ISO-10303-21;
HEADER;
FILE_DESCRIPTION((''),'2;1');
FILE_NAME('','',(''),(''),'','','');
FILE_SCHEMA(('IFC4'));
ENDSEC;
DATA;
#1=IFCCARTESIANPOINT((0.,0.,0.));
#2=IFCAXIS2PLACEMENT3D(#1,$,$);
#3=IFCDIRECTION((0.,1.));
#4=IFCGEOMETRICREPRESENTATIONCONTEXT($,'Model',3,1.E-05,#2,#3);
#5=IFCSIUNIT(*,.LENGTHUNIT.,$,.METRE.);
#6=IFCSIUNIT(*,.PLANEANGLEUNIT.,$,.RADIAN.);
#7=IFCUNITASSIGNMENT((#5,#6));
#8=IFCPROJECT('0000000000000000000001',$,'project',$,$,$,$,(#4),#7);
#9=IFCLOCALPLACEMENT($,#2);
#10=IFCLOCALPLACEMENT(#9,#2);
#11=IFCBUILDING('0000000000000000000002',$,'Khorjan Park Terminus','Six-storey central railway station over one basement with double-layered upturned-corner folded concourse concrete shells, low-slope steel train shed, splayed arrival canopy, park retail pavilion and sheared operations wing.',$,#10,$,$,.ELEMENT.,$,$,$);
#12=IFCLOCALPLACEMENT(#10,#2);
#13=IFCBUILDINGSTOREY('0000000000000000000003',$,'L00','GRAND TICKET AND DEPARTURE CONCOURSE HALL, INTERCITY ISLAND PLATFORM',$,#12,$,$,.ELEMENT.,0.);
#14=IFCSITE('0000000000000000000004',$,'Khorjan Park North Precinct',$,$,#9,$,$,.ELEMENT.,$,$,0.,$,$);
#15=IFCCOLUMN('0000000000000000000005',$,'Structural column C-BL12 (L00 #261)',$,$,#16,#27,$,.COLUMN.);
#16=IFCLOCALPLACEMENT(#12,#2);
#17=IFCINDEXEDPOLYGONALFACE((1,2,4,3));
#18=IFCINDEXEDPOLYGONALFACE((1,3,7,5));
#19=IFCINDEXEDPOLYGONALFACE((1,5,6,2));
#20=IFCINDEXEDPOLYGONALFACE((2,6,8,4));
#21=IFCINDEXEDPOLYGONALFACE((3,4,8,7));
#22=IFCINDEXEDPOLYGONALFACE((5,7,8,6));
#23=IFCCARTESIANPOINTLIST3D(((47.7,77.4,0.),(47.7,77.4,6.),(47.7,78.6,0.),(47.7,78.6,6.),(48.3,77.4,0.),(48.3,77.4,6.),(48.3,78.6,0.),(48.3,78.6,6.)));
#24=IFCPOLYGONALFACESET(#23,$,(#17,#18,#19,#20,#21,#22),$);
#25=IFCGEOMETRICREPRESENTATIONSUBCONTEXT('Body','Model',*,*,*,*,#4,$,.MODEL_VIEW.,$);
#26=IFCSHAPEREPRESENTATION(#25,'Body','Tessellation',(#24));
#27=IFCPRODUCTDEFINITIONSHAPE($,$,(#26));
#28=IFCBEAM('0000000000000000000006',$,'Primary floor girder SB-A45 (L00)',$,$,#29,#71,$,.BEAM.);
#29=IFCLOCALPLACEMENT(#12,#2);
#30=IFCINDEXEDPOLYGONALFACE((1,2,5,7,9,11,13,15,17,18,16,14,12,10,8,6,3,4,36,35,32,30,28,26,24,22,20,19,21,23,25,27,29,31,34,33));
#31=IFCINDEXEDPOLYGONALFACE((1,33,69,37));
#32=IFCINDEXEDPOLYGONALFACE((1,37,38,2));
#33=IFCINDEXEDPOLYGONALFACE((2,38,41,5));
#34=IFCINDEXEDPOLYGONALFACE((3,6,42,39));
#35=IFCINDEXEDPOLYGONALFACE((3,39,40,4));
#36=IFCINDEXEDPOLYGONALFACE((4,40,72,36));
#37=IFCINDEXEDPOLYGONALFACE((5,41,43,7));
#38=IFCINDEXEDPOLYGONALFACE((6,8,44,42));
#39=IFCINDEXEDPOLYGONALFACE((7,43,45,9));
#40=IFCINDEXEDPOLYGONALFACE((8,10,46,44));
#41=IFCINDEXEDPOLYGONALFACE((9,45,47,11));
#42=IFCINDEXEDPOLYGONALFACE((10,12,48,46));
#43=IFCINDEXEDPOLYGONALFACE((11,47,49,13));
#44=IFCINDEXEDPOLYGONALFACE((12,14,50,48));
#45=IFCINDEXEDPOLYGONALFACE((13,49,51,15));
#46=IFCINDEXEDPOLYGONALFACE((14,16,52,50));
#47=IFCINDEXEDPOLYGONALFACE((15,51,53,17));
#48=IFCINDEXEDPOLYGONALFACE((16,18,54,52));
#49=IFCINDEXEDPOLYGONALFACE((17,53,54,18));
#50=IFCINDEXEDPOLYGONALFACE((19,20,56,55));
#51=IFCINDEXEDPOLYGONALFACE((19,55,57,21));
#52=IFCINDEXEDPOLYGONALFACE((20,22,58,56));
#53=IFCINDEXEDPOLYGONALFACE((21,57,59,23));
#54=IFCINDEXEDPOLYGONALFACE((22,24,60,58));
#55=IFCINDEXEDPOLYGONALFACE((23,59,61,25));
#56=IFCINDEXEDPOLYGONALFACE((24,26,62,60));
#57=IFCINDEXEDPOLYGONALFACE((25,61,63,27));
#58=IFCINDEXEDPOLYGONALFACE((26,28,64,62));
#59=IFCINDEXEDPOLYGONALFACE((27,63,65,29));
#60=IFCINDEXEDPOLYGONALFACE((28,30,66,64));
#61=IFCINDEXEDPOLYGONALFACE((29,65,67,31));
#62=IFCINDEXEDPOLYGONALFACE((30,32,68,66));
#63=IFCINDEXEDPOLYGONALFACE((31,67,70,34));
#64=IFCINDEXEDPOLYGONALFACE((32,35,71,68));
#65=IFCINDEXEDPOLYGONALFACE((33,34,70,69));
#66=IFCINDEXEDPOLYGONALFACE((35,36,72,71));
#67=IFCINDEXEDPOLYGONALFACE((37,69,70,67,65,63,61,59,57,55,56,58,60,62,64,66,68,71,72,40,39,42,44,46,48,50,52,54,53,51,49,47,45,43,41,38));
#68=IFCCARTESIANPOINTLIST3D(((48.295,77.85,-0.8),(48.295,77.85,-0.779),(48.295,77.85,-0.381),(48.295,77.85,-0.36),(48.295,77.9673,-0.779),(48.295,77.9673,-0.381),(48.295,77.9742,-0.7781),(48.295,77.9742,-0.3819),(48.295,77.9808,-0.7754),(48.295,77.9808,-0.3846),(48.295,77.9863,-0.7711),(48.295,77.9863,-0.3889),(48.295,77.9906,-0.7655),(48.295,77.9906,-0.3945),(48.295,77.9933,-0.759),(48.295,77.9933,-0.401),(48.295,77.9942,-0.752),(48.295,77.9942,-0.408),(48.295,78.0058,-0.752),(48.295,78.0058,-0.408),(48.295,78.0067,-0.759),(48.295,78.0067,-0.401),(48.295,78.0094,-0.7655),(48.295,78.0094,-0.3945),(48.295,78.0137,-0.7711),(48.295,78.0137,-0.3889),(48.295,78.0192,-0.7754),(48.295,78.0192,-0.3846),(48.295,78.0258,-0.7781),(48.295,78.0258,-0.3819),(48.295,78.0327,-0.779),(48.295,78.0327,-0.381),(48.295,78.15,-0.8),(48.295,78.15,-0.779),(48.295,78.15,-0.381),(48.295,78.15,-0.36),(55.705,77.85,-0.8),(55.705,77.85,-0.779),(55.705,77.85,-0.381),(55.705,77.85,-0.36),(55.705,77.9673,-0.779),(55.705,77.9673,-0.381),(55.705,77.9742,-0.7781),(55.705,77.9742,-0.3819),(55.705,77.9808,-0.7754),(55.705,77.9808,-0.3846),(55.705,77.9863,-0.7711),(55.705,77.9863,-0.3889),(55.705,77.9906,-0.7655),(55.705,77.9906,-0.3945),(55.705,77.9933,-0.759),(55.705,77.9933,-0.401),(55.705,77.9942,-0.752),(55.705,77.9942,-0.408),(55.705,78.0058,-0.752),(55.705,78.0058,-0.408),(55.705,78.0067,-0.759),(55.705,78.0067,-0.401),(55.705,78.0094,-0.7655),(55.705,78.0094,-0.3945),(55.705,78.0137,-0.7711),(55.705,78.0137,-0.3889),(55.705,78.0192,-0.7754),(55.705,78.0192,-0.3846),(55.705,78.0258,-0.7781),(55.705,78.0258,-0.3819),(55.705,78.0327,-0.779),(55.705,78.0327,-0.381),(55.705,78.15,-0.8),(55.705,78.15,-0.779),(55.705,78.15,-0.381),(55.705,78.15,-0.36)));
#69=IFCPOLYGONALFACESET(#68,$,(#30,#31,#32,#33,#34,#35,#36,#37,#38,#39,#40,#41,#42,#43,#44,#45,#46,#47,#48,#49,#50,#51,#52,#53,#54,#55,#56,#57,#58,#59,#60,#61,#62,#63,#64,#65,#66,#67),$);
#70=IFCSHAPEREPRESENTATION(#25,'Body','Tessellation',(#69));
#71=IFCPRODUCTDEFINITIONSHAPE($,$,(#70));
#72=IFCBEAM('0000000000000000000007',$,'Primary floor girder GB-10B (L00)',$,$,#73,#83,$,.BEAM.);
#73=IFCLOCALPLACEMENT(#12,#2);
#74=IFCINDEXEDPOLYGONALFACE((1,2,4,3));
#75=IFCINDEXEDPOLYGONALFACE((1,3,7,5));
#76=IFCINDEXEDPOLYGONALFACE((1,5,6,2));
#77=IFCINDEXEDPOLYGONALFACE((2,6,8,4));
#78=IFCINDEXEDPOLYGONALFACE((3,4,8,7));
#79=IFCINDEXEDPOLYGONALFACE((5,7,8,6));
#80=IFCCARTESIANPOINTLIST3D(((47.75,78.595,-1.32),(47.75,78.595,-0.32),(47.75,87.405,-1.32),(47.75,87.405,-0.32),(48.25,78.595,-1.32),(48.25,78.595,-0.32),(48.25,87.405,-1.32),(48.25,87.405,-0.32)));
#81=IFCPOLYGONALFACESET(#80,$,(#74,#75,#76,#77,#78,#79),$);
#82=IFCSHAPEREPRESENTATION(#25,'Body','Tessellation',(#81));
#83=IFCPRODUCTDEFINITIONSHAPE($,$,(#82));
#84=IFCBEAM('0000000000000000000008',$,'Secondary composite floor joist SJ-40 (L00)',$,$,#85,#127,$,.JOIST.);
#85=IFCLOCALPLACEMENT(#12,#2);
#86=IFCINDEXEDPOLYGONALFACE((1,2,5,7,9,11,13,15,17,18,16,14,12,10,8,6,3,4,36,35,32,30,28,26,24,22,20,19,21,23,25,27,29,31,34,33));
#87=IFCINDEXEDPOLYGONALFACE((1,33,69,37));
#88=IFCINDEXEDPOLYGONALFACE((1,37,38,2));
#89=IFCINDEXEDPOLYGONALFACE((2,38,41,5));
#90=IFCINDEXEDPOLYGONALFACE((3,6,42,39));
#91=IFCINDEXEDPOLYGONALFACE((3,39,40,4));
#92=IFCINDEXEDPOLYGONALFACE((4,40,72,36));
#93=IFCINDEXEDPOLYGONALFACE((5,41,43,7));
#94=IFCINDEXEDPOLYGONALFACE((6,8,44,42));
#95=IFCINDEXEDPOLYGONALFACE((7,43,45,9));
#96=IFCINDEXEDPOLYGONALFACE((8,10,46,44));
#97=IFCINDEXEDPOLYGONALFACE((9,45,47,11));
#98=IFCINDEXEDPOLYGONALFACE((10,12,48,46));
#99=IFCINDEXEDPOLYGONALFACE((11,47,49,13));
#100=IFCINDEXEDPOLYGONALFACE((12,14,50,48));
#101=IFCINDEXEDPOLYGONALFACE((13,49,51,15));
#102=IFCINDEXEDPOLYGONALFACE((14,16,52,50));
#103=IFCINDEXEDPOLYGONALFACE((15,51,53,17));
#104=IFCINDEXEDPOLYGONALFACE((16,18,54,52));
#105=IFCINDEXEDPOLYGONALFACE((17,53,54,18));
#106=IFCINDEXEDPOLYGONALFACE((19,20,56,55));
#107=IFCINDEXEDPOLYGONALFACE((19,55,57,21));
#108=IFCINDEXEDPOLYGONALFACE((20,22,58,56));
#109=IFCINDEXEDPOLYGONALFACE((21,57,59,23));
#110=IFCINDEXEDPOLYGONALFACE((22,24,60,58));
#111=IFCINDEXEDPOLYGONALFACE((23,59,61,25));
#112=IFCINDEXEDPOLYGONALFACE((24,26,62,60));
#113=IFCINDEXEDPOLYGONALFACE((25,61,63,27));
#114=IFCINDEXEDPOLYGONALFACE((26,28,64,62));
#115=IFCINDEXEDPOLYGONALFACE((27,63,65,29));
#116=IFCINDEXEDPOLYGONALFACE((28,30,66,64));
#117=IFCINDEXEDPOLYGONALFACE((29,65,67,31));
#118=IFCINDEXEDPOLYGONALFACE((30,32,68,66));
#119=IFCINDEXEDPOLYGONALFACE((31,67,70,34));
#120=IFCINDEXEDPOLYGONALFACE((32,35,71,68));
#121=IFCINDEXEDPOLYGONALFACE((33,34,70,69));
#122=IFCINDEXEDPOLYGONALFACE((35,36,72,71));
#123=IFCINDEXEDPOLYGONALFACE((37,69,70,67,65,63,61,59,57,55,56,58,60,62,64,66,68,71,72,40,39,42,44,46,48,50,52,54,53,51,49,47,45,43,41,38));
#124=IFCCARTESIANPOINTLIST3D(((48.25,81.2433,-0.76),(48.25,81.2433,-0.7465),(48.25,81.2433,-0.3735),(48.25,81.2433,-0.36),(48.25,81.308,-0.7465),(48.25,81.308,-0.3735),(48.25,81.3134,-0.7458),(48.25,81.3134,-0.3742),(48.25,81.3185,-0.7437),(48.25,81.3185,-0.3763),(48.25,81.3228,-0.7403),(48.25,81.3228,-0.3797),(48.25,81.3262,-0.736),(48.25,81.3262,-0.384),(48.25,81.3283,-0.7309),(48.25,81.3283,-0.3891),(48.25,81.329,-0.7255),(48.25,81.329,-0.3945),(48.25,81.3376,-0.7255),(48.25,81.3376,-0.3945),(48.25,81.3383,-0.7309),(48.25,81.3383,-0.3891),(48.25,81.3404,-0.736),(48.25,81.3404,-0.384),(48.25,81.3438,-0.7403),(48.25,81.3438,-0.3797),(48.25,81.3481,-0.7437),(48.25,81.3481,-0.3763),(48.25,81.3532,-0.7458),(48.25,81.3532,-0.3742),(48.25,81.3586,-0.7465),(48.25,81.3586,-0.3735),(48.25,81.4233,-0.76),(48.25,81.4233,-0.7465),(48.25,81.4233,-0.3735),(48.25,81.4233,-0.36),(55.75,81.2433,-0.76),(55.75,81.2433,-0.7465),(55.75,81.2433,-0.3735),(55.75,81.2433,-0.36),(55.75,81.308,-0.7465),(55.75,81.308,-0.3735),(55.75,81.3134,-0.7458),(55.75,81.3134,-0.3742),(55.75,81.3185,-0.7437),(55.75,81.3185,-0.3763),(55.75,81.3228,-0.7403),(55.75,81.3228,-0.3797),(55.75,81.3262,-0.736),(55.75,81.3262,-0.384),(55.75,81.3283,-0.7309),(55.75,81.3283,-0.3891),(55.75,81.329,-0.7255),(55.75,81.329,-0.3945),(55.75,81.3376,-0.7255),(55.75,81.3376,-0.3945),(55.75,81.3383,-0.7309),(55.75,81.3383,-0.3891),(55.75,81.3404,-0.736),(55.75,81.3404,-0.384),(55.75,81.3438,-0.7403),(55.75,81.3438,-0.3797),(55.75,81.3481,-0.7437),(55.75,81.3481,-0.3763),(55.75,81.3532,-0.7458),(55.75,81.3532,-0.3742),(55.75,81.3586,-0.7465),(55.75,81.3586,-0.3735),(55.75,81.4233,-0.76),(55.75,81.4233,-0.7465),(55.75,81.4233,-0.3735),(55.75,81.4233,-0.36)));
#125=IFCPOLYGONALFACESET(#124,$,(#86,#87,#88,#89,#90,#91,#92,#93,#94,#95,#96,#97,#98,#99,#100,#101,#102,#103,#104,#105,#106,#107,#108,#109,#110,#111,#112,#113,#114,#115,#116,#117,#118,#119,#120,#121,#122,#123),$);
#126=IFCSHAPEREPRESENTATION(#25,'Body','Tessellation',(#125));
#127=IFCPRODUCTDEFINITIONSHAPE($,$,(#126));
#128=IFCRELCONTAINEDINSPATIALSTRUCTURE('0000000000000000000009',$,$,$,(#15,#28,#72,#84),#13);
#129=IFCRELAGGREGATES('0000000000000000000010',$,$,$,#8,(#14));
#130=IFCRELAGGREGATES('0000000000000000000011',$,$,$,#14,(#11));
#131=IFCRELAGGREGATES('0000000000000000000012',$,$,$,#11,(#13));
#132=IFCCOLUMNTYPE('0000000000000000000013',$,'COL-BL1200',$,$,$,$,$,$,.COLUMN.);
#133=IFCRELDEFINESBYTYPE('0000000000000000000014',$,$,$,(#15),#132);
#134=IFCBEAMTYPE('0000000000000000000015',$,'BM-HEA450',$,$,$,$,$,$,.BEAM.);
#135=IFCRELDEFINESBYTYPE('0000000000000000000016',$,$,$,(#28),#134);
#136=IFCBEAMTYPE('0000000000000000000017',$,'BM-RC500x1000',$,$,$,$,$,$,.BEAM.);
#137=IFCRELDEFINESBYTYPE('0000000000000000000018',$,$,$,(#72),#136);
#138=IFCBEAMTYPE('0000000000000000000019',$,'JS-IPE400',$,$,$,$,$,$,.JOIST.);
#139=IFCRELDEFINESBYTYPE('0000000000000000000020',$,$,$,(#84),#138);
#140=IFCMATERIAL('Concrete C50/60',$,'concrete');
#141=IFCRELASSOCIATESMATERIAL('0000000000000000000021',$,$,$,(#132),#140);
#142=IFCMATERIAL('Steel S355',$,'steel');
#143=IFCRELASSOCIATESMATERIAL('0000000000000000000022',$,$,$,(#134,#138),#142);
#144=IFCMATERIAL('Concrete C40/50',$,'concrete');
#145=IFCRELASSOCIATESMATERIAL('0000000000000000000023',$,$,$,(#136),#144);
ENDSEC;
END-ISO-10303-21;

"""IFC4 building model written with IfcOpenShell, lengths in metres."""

from ifc_helpers import new_model, si_unit, direction, frame, origin, origin_2d, place, context, subcontext, project, spatial, rectangle, i_section, extrude, material, material_profile, profile_set, type_object, element, save


model = new_model("IFC4")

# Units and contexts
model_context = context("Model", 3, precision=1e-05, world=origin(), true_north=direction((0.0, 1.0)))
body_context = subcontext(model_context, "Body", "Model", "MODEL_VIEW")
ifc_project = project(units=[si_unit("LENGTHUNIT", "METRE"), si_unit("PLANEANGLEUNIT", "RADIAN")], contexts=[model_context])

# Site, building, storey
site_placement = place(None, origin())
site = spatial("IfcSite", under=ifc_project, at=site_placement, Name="Khorjan Park North Precinct", CompositionType="ELEMENT", RefElevation=0.0)
building_placement = place(site_placement, origin())
building = spatial("IfcBuilding", under=site, at=building_placement, Name="Khorjan Park Terminus", Description="Six-storey central railway station over one basement with double-layered upturned-corner folded concourse concrete shells, low-slope steel train shed, splayed arrival canopy, park retail pavilion and sheared operations wing.", CompositionType="ELEMENT")
storey_placement = place(building_placement, origin())
storey = spatial("IfcBuildingStorey", under=building, at=storey_placement, Name="L00", Description="GRAND TICKET AND DEPARTURE CONCOURSE HALL, INTERCITY ISLAND PLATFORM", CompositionType="ELEMENT", Elevation=0.0)

# Column
ifc_material_1 = material(Name="Concrete C50/60", Category="concrete")
ifc_material_profile_1 = material_profile(ifc_material_1, rectangle(XDim=0.6, YDim=1.2, at=origin_2d()), Name="RC 600x1200")
ifc_profile_set_1 = profile_set([ifc_material_profile_1], Name="Concrete C50/60")
column_type = type_object("IfcColumnType", Name="COL-BL1200", PredefinedType="COLUMN", material=ifc_profile_set_1)
column_placement = place(storey_placement, frame((48.0, 78.0, 0.0), z_axis=(0.0, 0.0, 1.0), x_axis=(1.0, 0.0, 0.0)))
element("IfcColumn", 1, at=column_placement, inside=storey, type_object=column_type, Name="Structural column C-BL12 (L00 #261)", PredefinedType="COLUMN", context=body_context, shape_type="SweptSolid", body=[
    extrude(rectangle(XDim=0.6, YDim=1.2, at=origin_2d()), origin(), (0.0, 0.0, 1.0), 6.0),
])

# Beams
ifc_material_2 = material(Name="Steel S355", Category="steel")
ifc_material_profile_2 = material_profile(ifc_material_2, i_section(OverallWidth=0.3, OverallDepth=0.44, WebThickness=0.0115, FlangeThickness=0.021, FilletRadius=0.027, at=origin_2d()), Name="HEA 450")
ifc_profile_set_2 = profile_set([ifc_material_profile_2], Name="Steel S355")
beam_type_1 = type_object("IfcBeamType", Name="BM-HEA450", PredefinedType="BEAM", material=ifc_profile_set_2)
beam_1_placement = place(storey_placement, frame((48.295, 78.0, -0.58), z_axis=(1.0, 0.0, 0.0), x_axis=(0.0, 1.0, 0.0)))
element("IfcBeam", 2, at=beam_1_placement, inside=storey, type_object=beam_type_1, Name="Primary floor girder SB-A45 (L00)", PredefinedType="BEAM", context=body_context, shape_type="SweptSolid", body=[
    extrude(i_section(OverallWidth=0.3, OverallDepth=0.44, WebThickness=0.0115, FlangeThickness=0.021, FilletRadius=0.027, at=origin_2d()), origin(), (0.0, 0.0, 1.0), 7.41),
])
ifc_material_3 = material(Name="Concrete C40/50", Category="concrete")
ifc_material_profile_3 = material_profile(ifc_material_3, rectangle(XDim=0.5, YDim=1.0, at=origin_2d()), Name="RC 500x1000")
ifc_profile_set_3 = profile_set([ifc_material_profile_3], Name="Concrete C40/50")
beam_type_2 = type_object("IfcBeamType", Name="BM-RC500x1000", PredefinedType="BEAM", material=ifc_profile_set_3)
beam_2_placement = place(storey_placement, frame((48.0, 78.595, -0.82), z_axis=(0.0, 1.0, 0.0), x_axis=(-1.0, 0.0, 0.0)))
element("IfcBeam", 3, at=beam_2_placement, inside=storey, type_object=beam_type_2, Name="Primary floor girder GB-10B (L00)", PredefinedType="BEAM", context=body_context, shape_type="SweptSolid", body=[
    extrude(rectangle(XDim=0.5, YDim=1.0, at=origin_2d()), origin(), (0.0, 0.0, 1.0), 8.81),
])
ifc_material_profile_4 = material_profile(ifc_material_2, i_section(OverallWidth=0.18, OverallDepth=0.4, WebThickness=0.0086, FlangeThickness=0.0135, FilletRadius=0.021, at=origin_2d()), Name="IPE 400")
ifc_profile_set_4 = profile_set([ifc_material_profile_4], Name="Steel S355")
beam_type_3 = type_object("IfcBeamType", Name="JS-IPE400", PredefinedType="JOIST", material=ifc_profile_set_4)
beam_3_placement = place(storey_placement, frame((48.25, 81.3333, -0.56), z_axis=(1.0, 0.0, 0.0), x_axis=(0.0, 1.0, 0.0)))
element("IfcBeam", 4, at=beam_3_placement, inside=storey, type_object=beam_type_3, Name="Secondary composite floor joist SJ-40 (L00)", PredefinedType="JOIST", context=body_context, shape_type="SweptSolid", body=[
    extrude(i_section(OverallWidth=0.18, OverallDepth=0.4, WebThickness=0.0086, FlangeThickness=0.0135, FilletRadius=0.021, at=origin_2d()), origin(), (0.0, 0.0, 1.0), 7.5),
])

save(model, "model.ifc")
